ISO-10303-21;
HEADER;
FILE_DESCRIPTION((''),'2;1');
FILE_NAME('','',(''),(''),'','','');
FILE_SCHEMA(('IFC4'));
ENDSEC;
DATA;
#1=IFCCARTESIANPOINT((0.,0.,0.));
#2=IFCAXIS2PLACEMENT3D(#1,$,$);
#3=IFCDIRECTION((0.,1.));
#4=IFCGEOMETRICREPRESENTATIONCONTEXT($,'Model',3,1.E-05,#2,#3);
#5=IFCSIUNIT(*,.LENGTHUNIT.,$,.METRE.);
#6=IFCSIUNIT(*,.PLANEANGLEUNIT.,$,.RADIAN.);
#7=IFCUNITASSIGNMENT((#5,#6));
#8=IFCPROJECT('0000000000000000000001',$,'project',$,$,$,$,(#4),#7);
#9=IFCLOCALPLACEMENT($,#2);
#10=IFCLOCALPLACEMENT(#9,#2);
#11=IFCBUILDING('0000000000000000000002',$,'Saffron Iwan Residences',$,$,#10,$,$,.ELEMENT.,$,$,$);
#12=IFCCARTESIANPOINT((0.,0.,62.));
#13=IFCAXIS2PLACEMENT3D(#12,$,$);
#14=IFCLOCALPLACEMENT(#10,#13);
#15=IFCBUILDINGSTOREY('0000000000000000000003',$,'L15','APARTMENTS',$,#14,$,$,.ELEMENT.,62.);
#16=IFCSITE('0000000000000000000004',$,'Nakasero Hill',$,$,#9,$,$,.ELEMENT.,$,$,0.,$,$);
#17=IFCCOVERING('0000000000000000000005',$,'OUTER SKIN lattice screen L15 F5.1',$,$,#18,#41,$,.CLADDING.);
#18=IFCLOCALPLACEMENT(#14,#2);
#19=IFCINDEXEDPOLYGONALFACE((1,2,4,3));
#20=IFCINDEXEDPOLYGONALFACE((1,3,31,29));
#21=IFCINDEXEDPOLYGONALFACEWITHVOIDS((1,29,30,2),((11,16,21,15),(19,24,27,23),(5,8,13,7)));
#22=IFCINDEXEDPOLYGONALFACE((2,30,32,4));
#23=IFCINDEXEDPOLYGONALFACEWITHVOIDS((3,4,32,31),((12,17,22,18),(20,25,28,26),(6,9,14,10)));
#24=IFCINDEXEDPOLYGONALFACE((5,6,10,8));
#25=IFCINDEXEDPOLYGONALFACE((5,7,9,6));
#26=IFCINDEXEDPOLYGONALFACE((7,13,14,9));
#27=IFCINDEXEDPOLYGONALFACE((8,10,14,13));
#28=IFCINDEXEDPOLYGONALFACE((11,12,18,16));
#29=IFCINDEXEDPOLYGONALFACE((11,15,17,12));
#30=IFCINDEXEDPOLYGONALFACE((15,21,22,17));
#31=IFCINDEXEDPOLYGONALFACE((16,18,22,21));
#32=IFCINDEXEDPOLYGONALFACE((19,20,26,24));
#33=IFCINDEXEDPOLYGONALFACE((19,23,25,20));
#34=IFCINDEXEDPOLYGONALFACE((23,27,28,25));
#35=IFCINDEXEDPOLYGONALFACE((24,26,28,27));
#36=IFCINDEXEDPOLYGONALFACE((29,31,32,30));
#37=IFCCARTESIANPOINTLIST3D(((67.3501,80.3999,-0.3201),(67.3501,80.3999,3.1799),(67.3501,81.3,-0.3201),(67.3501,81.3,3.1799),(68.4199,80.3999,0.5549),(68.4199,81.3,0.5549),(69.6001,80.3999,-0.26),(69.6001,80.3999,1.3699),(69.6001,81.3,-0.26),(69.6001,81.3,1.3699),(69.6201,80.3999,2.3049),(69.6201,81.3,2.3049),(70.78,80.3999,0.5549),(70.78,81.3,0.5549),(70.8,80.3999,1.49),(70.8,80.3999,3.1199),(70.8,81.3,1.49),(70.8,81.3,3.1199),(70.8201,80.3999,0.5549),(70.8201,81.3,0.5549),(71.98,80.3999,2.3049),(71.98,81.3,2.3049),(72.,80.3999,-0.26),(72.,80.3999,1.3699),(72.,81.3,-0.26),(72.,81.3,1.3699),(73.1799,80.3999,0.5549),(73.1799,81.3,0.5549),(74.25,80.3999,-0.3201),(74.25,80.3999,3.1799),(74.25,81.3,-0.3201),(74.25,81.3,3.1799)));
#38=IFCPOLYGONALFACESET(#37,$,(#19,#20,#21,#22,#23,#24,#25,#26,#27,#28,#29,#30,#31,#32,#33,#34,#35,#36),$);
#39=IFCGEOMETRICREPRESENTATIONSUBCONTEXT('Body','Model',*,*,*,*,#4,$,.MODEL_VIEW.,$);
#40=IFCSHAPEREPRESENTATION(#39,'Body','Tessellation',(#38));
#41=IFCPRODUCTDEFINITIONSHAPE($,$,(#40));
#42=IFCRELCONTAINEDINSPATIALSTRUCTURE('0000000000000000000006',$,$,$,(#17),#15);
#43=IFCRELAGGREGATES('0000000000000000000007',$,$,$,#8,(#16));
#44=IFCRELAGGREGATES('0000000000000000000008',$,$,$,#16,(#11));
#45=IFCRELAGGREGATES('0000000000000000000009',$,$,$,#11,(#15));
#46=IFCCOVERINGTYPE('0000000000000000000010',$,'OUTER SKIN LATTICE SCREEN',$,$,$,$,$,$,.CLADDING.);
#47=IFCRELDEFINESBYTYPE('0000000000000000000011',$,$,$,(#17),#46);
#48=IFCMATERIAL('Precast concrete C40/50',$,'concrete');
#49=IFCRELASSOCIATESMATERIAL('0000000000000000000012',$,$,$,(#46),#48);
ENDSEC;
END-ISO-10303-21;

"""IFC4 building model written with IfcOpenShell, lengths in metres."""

from ifc_helpers import new_model, si_unit, direction, frame, origin, place, context, subcontext, project, spatial, polyline, outline, extrude, material, type_object, element, save


model = new_model("IFC4")

# Units and contexts
model_context = context("Model", 3, precision=1e-05, world=origin(), true_north=direction((0.0, 1.0)))
body_context = subcontext(model_context, "Body", "Model", "MODEL_VIEW")
ifc_project = project(units=[si_unit("LENGTHUNIT", "METRE"), si_unit("PLANEANGLEUNIT", "RADIAN")], contexts=[model_context])

# Site, building, storey
site_placement = place(None, origin())
site = spatial("IfcSite", under=ifc_project, at=site_placement, Name="Nakasero Hill", CompositionType="ELEMENT", RefElevation=0.0)
building_placement = place(site_placement, origin())
building = spatial("IfcBuilding", under=site, at=building_placement, Name="Saffron Iwan Residences", CompositionType="ELEMENT")
storey_placement = place(building_placement, frame((0.0, 0.0, 62.0)))
storey = spatial("IfcBuildingStorey", under=building, at=storey_placement, Name="L15", Description="APARTMENTS", CompositionType="ELEMENT", Elevation=62.0)

# Covering
ifc_material_1 = material(Name="Precast concrete C40/50", Category="concrete")
covering_type = type_object("IfcCoveringType", Name="OUTER SKIN LATTICE SCREEN", PredefinedType="CLADDING", material=ifc_material_1)
covering_placement = place(storey_placement, frame((74.25, 80.3999, -0.3201), z_axis=(0.0, 1.0, 0.0), x_axis=(-1.0, 0.0, 0.0)))
element("IfcCovering", 1, at=covering_placement, inside=storey, type_object=covering_type, Name="OUTER SKIN lattice screen L15 F5.1", PredefinedType="CLADDING", context=body_context, shape_type="SweptSolid", body=[
    extrude(outline(polyline([(0.0, 0.0), (6.8999, 0.0), (6.8999, 3.5), (0.0, 3.5), (0.0, 0.0)]), holes=[polyline([(1.0701, 0.875), (2.25, 0.0601), (3.4299, 0.875), (2.25, 1.6899), (1.0701, 0.875)]), polyline([(3.47, 0.875), (4.6499, 0.0601), (5.8301, 0.875), (4.6499, 1.6899), (3.47, 0.875)]), polyline([(2.27, 2.625), (3.45, 1.8101), (4.6299, 2.625), (3.45, 3.4399), (2.27, 2.625)])]), origin(), (0.0, 0.0, 1.0), 0.9001),
])

save(model, "model.ifc")
